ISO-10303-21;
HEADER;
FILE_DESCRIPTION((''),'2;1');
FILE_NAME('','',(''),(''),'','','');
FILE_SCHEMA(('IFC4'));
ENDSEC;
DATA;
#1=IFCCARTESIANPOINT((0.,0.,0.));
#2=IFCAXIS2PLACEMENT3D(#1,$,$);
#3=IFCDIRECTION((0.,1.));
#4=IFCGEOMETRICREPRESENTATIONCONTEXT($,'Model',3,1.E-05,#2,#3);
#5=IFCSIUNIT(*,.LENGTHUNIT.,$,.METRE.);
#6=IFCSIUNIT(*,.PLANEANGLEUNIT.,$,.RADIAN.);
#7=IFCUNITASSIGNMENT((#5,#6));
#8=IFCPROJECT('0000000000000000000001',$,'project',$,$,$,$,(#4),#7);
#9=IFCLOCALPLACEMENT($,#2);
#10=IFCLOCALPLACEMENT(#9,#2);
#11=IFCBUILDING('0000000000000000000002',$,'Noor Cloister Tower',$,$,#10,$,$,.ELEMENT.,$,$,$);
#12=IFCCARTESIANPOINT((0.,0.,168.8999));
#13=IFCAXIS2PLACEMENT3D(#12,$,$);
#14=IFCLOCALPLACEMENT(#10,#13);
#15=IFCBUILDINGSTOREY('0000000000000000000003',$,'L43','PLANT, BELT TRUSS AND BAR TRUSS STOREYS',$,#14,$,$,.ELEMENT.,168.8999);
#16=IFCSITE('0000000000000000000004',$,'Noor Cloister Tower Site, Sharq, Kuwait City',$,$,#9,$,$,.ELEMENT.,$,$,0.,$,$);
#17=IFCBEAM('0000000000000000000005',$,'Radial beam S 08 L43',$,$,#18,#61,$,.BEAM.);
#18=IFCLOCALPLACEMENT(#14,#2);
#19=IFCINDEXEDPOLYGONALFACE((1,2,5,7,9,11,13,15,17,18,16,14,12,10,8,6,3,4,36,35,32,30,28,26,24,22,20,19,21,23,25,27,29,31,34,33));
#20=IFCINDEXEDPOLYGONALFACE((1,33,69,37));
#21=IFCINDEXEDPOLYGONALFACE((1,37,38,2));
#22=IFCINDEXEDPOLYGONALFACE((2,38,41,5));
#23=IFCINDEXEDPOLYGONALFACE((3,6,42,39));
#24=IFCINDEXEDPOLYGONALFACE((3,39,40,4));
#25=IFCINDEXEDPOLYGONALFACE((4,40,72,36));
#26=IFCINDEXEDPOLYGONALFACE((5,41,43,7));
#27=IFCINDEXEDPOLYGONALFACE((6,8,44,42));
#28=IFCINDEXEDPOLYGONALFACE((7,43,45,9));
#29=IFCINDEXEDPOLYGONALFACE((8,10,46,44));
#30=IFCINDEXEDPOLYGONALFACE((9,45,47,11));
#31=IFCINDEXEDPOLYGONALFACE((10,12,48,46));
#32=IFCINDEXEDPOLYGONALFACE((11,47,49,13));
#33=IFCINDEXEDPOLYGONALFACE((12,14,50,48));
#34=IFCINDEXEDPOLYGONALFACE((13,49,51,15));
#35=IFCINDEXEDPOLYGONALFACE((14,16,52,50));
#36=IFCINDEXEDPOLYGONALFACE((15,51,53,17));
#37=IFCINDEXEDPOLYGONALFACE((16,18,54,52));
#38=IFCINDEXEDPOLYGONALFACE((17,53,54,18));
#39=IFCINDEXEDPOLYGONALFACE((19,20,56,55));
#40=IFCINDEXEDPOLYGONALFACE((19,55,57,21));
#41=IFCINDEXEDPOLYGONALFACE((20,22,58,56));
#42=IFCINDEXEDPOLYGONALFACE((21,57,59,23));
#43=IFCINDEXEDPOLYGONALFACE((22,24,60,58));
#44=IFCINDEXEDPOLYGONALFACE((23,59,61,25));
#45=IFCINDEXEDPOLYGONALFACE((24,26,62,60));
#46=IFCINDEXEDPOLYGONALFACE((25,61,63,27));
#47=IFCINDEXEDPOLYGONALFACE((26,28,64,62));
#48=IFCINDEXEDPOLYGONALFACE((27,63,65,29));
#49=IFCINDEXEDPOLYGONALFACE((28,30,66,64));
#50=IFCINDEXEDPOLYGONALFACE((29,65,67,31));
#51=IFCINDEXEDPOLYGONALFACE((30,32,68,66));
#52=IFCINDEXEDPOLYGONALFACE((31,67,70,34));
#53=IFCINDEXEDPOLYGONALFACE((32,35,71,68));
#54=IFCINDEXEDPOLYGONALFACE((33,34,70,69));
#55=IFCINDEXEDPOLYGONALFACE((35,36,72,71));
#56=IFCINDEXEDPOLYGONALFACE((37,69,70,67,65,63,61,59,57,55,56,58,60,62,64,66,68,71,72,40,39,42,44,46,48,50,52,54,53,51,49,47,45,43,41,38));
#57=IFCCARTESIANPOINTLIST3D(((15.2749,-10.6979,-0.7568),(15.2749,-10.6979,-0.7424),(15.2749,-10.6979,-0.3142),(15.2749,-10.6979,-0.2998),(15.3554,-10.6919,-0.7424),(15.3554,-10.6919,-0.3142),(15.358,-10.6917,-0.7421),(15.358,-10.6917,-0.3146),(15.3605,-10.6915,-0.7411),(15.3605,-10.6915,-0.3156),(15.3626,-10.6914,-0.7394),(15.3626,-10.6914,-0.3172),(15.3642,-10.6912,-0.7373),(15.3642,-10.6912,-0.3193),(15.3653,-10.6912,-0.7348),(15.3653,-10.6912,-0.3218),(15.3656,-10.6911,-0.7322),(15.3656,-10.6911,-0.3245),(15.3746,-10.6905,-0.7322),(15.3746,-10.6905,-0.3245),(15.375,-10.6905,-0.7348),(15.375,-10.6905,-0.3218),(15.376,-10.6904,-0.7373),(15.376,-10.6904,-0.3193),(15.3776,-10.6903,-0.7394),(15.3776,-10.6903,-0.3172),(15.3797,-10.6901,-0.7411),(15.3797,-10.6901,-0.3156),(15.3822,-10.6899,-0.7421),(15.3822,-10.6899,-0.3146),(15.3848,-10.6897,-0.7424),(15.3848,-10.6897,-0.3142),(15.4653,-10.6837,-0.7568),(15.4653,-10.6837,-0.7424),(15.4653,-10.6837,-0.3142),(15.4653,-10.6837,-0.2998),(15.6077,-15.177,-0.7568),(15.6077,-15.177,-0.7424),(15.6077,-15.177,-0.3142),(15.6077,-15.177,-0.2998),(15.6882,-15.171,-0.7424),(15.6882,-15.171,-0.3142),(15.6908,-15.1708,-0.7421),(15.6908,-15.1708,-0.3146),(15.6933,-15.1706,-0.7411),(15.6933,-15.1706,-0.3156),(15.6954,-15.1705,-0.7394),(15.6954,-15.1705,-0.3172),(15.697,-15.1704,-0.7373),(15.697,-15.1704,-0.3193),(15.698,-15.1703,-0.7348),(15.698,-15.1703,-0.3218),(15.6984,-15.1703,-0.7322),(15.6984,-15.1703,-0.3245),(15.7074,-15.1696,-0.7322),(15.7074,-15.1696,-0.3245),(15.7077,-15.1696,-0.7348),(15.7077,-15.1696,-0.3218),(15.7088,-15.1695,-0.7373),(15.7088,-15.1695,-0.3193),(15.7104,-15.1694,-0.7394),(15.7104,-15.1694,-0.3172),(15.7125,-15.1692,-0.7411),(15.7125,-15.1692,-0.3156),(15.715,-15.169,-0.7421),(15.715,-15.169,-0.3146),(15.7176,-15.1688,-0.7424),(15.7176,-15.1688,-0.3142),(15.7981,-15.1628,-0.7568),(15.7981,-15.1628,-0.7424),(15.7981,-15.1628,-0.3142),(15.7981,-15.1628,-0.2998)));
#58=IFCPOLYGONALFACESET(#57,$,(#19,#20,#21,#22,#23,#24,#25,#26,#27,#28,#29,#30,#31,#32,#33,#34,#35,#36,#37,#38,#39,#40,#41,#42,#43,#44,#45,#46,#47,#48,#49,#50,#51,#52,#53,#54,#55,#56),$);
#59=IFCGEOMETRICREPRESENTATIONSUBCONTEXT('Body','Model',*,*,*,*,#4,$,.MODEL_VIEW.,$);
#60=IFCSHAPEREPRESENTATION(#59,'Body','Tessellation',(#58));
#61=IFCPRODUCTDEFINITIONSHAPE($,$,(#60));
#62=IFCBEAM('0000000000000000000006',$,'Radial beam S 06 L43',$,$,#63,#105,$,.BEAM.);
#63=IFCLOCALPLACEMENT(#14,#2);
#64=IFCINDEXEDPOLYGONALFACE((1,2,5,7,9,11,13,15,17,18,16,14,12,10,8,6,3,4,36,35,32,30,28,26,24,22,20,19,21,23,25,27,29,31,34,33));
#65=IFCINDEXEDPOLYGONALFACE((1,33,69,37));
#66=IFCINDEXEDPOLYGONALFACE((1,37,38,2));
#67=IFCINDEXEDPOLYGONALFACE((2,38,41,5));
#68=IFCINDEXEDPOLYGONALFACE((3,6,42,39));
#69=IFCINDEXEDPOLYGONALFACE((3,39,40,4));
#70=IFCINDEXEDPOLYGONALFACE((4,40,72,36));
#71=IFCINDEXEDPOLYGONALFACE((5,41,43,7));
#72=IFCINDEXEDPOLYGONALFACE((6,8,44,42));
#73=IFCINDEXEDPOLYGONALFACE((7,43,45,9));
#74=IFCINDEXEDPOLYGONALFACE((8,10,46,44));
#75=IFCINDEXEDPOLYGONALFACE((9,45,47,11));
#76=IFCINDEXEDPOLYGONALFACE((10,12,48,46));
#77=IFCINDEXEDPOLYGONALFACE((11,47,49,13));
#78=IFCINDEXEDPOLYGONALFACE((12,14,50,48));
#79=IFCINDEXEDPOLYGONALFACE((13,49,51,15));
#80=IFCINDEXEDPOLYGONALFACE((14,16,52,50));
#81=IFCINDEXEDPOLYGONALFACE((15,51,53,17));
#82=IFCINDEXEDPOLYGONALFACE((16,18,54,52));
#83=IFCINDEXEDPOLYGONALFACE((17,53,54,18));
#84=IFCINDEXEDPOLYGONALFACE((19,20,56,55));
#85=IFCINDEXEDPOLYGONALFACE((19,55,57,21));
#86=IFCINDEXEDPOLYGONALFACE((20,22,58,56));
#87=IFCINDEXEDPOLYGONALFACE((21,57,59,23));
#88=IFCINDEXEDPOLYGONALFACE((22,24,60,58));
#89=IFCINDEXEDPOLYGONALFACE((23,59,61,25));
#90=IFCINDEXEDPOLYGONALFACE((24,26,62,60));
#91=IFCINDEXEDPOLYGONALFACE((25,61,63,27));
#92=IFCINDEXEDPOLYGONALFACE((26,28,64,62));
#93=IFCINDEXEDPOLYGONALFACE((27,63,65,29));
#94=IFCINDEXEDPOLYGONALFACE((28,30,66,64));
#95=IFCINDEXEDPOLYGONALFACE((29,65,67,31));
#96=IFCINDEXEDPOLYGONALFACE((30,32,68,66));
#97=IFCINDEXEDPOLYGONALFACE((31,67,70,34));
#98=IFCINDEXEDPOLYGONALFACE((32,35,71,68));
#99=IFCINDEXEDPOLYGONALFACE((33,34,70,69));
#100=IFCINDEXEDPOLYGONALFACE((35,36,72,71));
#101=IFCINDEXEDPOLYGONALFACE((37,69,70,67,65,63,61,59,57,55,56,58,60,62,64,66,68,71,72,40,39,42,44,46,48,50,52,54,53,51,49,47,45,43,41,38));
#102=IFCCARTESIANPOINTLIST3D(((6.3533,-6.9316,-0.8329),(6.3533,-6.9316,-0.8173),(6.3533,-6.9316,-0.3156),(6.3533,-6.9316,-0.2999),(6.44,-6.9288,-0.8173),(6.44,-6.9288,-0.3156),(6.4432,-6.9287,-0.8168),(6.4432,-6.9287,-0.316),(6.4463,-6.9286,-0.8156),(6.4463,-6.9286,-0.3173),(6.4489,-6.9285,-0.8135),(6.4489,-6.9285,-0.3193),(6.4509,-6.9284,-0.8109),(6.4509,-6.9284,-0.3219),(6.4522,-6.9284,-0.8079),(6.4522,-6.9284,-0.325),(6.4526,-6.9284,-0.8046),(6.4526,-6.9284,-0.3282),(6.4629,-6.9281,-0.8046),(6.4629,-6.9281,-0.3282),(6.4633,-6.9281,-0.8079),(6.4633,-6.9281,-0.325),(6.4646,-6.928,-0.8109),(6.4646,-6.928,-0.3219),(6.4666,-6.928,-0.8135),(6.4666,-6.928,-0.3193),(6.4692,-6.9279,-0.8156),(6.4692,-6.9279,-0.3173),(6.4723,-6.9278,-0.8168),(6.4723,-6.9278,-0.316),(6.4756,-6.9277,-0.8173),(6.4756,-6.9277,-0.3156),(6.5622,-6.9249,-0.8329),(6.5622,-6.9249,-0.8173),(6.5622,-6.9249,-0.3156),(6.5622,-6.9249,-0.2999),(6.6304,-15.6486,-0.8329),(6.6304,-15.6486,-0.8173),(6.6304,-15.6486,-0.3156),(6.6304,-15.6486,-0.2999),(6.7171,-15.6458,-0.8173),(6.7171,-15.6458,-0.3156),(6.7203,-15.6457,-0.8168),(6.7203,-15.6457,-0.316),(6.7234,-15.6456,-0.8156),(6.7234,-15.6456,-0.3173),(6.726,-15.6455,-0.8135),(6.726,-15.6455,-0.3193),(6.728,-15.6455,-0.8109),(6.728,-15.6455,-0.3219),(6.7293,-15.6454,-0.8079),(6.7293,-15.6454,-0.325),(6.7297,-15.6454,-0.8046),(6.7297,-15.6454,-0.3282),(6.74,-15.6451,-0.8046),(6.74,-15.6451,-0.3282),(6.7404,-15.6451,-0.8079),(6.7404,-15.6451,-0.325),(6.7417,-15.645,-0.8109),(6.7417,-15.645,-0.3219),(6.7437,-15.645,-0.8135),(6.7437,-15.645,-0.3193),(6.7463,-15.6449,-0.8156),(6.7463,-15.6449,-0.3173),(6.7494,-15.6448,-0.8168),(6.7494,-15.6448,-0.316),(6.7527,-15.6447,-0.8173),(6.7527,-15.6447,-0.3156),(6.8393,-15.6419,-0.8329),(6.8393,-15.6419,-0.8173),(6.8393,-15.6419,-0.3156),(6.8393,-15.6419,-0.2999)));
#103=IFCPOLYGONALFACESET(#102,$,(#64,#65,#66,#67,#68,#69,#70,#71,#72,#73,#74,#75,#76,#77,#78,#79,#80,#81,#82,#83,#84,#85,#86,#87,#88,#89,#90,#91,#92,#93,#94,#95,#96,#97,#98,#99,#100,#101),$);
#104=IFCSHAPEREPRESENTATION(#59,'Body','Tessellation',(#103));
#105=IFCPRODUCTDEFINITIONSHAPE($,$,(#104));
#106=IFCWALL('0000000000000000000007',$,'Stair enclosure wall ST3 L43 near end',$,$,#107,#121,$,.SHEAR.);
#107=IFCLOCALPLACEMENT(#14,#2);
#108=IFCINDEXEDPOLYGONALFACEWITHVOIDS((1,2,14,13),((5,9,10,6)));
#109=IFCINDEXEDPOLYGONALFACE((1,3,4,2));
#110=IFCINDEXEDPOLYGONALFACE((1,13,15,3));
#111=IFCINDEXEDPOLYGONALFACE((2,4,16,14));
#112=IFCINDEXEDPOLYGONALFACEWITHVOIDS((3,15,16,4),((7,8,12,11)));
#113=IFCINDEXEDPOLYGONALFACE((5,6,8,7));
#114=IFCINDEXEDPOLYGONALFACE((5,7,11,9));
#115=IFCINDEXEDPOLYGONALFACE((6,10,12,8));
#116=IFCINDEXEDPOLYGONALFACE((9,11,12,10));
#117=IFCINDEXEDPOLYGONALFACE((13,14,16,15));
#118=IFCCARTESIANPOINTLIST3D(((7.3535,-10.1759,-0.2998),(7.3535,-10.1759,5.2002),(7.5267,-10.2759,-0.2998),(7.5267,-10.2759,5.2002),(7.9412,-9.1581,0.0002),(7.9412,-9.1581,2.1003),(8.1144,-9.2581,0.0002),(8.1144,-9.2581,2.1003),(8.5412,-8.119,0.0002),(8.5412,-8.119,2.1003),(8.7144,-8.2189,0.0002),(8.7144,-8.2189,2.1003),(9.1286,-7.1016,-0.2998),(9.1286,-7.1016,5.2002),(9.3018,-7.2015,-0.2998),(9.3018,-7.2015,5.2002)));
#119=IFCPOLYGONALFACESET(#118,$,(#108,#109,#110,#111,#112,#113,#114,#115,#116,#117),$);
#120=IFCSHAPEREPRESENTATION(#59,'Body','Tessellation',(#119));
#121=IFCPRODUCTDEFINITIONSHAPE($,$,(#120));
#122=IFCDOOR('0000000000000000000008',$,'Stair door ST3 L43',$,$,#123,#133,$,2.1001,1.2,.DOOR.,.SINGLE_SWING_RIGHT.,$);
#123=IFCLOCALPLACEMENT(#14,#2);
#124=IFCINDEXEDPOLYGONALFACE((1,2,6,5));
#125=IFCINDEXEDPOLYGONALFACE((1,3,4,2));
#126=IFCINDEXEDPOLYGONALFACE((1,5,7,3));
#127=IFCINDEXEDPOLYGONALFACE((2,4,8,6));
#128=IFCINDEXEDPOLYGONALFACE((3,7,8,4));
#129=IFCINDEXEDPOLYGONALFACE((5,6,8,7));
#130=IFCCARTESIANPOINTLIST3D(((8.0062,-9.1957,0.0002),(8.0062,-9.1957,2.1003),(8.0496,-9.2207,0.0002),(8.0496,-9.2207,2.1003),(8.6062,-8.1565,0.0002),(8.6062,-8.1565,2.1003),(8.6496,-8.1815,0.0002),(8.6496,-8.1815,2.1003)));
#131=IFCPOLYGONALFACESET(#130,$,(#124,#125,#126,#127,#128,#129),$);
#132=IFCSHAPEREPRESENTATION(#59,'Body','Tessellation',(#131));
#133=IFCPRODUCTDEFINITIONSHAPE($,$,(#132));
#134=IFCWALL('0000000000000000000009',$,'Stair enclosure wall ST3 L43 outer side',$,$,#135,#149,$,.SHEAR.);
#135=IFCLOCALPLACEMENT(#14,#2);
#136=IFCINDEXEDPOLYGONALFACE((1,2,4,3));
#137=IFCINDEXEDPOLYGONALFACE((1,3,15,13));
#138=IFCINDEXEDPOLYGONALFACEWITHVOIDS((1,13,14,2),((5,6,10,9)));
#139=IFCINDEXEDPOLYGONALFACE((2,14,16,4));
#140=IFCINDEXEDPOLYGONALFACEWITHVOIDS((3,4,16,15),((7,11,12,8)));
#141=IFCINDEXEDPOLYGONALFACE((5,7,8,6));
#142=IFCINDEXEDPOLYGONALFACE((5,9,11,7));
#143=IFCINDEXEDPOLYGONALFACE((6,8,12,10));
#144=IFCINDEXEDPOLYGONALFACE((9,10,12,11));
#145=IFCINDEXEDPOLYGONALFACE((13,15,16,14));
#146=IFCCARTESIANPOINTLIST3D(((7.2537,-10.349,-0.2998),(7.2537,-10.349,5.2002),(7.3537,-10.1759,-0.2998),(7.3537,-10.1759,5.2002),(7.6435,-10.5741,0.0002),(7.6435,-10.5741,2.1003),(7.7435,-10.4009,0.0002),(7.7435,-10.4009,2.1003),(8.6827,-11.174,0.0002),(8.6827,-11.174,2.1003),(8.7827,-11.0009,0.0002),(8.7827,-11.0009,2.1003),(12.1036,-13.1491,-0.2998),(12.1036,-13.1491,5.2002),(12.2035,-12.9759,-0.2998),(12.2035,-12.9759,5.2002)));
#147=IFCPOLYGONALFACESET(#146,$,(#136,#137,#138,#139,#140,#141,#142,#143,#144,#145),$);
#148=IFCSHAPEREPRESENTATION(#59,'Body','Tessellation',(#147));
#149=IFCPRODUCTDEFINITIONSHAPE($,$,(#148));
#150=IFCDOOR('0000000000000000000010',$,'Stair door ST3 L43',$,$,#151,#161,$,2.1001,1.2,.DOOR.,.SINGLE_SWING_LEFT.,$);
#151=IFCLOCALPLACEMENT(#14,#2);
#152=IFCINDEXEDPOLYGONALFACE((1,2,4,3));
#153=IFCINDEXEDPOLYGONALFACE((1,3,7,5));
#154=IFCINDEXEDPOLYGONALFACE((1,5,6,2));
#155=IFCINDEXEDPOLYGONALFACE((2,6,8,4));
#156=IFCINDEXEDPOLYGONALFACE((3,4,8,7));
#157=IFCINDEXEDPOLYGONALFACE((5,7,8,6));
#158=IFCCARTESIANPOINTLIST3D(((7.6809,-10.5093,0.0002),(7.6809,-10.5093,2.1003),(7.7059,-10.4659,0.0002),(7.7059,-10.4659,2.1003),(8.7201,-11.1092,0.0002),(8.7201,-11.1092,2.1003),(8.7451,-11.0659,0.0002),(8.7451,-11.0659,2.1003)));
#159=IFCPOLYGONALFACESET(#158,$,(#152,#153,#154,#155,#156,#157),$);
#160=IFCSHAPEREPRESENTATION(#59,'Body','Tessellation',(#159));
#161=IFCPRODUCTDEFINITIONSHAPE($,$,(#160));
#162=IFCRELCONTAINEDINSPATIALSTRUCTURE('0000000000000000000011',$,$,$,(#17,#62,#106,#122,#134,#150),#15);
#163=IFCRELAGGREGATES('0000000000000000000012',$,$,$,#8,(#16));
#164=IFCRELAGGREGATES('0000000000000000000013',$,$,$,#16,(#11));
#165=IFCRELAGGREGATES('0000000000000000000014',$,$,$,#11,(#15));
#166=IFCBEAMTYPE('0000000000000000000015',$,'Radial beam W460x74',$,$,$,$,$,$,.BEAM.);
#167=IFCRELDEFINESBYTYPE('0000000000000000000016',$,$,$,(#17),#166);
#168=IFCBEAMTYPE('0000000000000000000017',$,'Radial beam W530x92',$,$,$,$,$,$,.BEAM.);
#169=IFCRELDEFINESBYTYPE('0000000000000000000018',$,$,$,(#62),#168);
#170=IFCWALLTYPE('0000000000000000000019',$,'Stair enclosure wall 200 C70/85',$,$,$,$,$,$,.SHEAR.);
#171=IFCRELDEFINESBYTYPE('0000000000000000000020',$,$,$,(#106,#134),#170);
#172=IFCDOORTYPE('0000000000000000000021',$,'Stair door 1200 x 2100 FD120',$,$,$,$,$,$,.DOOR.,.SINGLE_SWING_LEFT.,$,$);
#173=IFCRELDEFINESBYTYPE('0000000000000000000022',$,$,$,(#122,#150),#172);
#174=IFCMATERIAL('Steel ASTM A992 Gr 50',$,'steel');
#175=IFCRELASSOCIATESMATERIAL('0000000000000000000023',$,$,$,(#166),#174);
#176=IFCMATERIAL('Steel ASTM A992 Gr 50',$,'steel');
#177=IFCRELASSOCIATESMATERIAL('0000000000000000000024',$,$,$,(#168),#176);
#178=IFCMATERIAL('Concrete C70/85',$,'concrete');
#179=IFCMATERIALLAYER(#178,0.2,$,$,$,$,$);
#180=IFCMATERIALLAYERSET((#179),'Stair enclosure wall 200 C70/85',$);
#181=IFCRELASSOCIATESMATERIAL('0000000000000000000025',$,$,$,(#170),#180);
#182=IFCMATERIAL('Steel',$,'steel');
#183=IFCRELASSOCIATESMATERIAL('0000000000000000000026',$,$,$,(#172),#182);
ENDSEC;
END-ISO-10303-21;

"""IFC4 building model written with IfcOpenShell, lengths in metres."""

from ifc_helpers import new_model, si_unit, direction, frame, frame_2d, origin, origin_2d, place, context, subcontext, project, spatial, rectangle, i_section, extrude, material, layer, layer_set, material_profile, profile_set, type_object, element, fill, save


model = new_model("IFC4")

# Units and contexts
model_context = context("Model", 3, precision=1e-05, world=origin(), true_north=direction((0.0, 1.0)))
body_context = subcontext(model_context, "Body", "Model", "MODEL_VIEW")
ifc_project = project(units=[si_unit("LENGTHUNIT", "METRE"), si_unit("PLANEANGLEUNIT", "RADIAN")], contexts=[model_context])

# Site, building, storey
site_placement = place(None, origin())
site = spatial("IfcSite", under=ifc_project, at=site_placement, Name="Noor Cloister Tower Site, Sharq, Kuwait City", CompositionType="ELEMENT", RefElevation=0.0)
building_placement = place(site_placement, origin())
building = spatial("IfcBuilding", under=site, at=building_placement, Name="Noor Cloister Tower", CompositionType="ELEMENT")
storey_placement = place(building_placement, frame((0.0, 0.0, 168.8999)))
storey = spatial("IfcBuildingStorey", under=building, at=storey_placement, Name="L43", Description="PLANT, BELT TRUSS AND BAR TRUSS STOREYS", CompositionType="ELEMENT", Elevation=168.8999)

# Beams
ifc_material_1 = material(Name="Steel ASTM A992 Gr 50", Category="steel")
ifc_material_profile_1 = material_profile(ifc_material_1, i_section(OverallWidth=0.1909, OverallDepth=0.457, WebThickness=0.009, FlangeThickness=0.0144, FilletRadius=0.0103, at=origin_2d()), Name="W460x74")
ifc_profile_set_1 = profile_set([ifc_material_profile_1], Name="Steel ASTM A992 Gr 50")
beam_type_1 = type_object("IfcBeamType", Name="Radial beam W460x74", PredefinedType="BEAM", material=ifc_profile_set_1)
beam_1_placement = place(storey_placement, frame((15.7029, -15.1699, -0.5283), z_axis=(-0.07409, 0.997252, 0.0), x_axis=(-0.997252, -0.07409, 0.0)))
element("IfcBeam", 1, at=beam_1_placement, inside=storey, type_object=beam_type_1, Name="Radial beam S 08 L43", PredefinedType="BEAM", context=body_context, shape_type="SweptSolid", body=[
    extrude(i_section(OverallWidth=0.1909, OverallDepth=0.457, WebThickness=0.009, FlangeThickness=0.0144, FilletRadius=0.0103, at=origin_2d()), origin(), (0.0, 0.0, 1.0), 4.4915),
])
ifc_material_2 = material(Name="Steel ASTM A992 Gr 50", Category="steel")
ifc_material_profile_2 = material_profile(ifc_material_2, i_section(OverallWidth=0.209, OverallDepth=0.533, WebThickness=0.0103, FlangeThickness=0.0156, FilletRadius=0.0127, at=origin_2d()), Name="W530x92")
ifc_profile_set_2 = profile_set([ifc_material_profile_2], Name="Steel ASTM A992 Gr 50")
beam_type_2 = type_object("IfcBeamType", Name="Radial beam W530x92", PredefinedType="BEAM", material=ifc_profile_set_2)
beam_2_placement = place(storey_placement, frame((6.7349, -15.6453, -0.5664), z_axis=(-0.031772, 0.999495, 0.0), x_axis=(-0.999495, -0.031772, 0.0)))
element("IfcBeam", 2, at=beam_2_placement, inside=storey, type_object=beam_type_2, Name="Radial beam S 06 L43", PredefinedType="BEAM", context=body_context, shape_type="SweptSolid", body=[
    extrude(i_section(OverallWidth=0.209, OverallDepth=0.533, WebThickness=0.0103, FlangeThickness=0.0156, FilletRadius=0.0127, at=origin_2d()), origin(), (0.0, 0.0, 1.0), 8.7214),
])

# Walls, openings, doors
ifc_material_3 = material(Name="Concrete C70/85", Category="concrete")
ifc_layer_1 = layer(ifc_material_3, 0.2)
ifc_layer_set_1 = layer_set([ifc_layer_1], Name="Stair enclosure wall 200 C70/85")
wall_type_1 = type_object("IfcWallType", Name="Stair enclosure wall 200 C70/85", PredefinedType="SHEAR", material=ifc_layer_set_1)
wall_1_placement = place(storey_placement, frame((7.4402, -10.2258, -0.2998), z_axis=(0.0, 0.0, 1.0), x_axis=(0.500022, 0.866013, 0.0)))
wall_1 = element("IfcWall", 3, at=wall_1_placement, inside=storey, type_object=wall_type_1, Name="Stair enclosure wall ST3 L43 near end", PredefinedType="SHEAR", context=body_context, shape_type="SweptSolid", body=[
    extrude(rectangle(XDim=3.55, YDim=0.2, at=frame_2d((1.7749, 0.0))), origin(), (0.0, 0.0, 1.0), 5.5),
])
opening_1_placement = place(wall_1_placement, frame((1.175, 0.0, 0.3)))
opening_1 = element("IfcOpeningElement", 4, at=opening_1_placement, cuts=wall_1, PredefinedType="OPENING", context=body_context, shape_type="SweptSolid", body=[
    extrude(rectangle(XDim=1.2, YDim=2.1001, at=frame_2d((0.6001, 1.05))), frame((0.0, 0.1099, 0.0), z_axis=(0.0, -1.0, 0.0), x_axis=(1.0, 0.0, 0.0)), (0.0, 0.0, 1.0), 0.22),
])
ifc_material_4 = material(Name="Steel", Category="steel")
door_type_1 = type_object("IfcDoorType", Name="Stair door 1200 x 2100 FD120", OperationType="SINGLE_SWING_LEFT", PredefinedType="DOOR", material=ifc_material_4)
door_1_placement = place(opening_1_placement, origin())
door_1 = element("IfcDoor", 5, at=door_1_placement, inside=storey, type_object=door_type_1, Name="Stair door ST3 L43", OperationType="SINGLE_SWING_RIGHT", OverallHeight=2.1001, OverallWidth=1.2, PredefinedType="DOOR", context=body_context, shape_type="SweptSolid", body=[
    extrude(rectangle(XDim=1.2, YDim=2.1001, at=frame_2d((0.6001, 1.05))), frame((0.0, 0.0249, 0.0), z_axis=(0.0, -1.0, 0.0), x_axis=(1.0, 0.0, 0.0)), (0.0, 0.0, 1.0), 0.05),
])
fill(opening_1, door_1)
wall_2_placement = place(storey_placement, frame((7.3037, -10.2625, -0.2998), z_axis=(0.0, 0.0, 1.0), x_axis=(0.866027, -0.499998, 0.0)))
wall_2 = element("IfcWall", 6, at=wall_2_placement, inside=storey, type_object=wall_type_1, Name="Stair enclosure wall ST3 L43 outer side", PredefinedType="SHEAR", context=body_context, shape_type="SweptSolid", body=[
    extrude(rectangle(XDim=5.6001, YDim=0.2, at=frame_2d((2.8, 0.0))), origin(), (0.0, 0.0, 1.0), 5.5),
])
opening_2_placement = place(wall_2_placement, frame((0.45, 0.0, 0.3)))
opening_2 = element("IfcOpeningElement", 7, at=opening_2_placement, cuts=wall_2, PredefinedType="OPENING", context=body_context, shape_type="SweptSolid", body=[
    extrude(rectangle(XDim=1.2, YDim=2.1001, at=frame_2d((0.6001, 1.05))), frame((0.0, 0.1099, 0.0), z_axis=(0.0, -1.0, 0.0), x_axis=(1.0, 0.0, 0.0)), (0.0, 0.0, 1.0), 0.22),
])
door_2_placement = place(opening_2_placement, origin())
door_2 = element("IfcDoor", 8, at=door_2_placement, inside=storey, type_object=door_type_1, Name="Stair door ST3 L43", OperationType="SINGLE_SWING_LEFT", OverallHeight=2.1001, OverallWidth=1.2, PredefinedType="DOOR", context=body_context, shape_type="SweptSolid", body=[
    extrude(rectangle(XDim=1.2, YDim=2.1001, at=frame_2d((0.6001, 1.05))), frame((0.0, 0.0249, 0.0), z_axis=(0.0, -1.0, 0.0), x_axis=(1.0, 0.0, 0.0)), (0.0, 0.0, 1.0), 0.05),
])
fill(opening_2, door_2)

save(model, "model.ifc")
